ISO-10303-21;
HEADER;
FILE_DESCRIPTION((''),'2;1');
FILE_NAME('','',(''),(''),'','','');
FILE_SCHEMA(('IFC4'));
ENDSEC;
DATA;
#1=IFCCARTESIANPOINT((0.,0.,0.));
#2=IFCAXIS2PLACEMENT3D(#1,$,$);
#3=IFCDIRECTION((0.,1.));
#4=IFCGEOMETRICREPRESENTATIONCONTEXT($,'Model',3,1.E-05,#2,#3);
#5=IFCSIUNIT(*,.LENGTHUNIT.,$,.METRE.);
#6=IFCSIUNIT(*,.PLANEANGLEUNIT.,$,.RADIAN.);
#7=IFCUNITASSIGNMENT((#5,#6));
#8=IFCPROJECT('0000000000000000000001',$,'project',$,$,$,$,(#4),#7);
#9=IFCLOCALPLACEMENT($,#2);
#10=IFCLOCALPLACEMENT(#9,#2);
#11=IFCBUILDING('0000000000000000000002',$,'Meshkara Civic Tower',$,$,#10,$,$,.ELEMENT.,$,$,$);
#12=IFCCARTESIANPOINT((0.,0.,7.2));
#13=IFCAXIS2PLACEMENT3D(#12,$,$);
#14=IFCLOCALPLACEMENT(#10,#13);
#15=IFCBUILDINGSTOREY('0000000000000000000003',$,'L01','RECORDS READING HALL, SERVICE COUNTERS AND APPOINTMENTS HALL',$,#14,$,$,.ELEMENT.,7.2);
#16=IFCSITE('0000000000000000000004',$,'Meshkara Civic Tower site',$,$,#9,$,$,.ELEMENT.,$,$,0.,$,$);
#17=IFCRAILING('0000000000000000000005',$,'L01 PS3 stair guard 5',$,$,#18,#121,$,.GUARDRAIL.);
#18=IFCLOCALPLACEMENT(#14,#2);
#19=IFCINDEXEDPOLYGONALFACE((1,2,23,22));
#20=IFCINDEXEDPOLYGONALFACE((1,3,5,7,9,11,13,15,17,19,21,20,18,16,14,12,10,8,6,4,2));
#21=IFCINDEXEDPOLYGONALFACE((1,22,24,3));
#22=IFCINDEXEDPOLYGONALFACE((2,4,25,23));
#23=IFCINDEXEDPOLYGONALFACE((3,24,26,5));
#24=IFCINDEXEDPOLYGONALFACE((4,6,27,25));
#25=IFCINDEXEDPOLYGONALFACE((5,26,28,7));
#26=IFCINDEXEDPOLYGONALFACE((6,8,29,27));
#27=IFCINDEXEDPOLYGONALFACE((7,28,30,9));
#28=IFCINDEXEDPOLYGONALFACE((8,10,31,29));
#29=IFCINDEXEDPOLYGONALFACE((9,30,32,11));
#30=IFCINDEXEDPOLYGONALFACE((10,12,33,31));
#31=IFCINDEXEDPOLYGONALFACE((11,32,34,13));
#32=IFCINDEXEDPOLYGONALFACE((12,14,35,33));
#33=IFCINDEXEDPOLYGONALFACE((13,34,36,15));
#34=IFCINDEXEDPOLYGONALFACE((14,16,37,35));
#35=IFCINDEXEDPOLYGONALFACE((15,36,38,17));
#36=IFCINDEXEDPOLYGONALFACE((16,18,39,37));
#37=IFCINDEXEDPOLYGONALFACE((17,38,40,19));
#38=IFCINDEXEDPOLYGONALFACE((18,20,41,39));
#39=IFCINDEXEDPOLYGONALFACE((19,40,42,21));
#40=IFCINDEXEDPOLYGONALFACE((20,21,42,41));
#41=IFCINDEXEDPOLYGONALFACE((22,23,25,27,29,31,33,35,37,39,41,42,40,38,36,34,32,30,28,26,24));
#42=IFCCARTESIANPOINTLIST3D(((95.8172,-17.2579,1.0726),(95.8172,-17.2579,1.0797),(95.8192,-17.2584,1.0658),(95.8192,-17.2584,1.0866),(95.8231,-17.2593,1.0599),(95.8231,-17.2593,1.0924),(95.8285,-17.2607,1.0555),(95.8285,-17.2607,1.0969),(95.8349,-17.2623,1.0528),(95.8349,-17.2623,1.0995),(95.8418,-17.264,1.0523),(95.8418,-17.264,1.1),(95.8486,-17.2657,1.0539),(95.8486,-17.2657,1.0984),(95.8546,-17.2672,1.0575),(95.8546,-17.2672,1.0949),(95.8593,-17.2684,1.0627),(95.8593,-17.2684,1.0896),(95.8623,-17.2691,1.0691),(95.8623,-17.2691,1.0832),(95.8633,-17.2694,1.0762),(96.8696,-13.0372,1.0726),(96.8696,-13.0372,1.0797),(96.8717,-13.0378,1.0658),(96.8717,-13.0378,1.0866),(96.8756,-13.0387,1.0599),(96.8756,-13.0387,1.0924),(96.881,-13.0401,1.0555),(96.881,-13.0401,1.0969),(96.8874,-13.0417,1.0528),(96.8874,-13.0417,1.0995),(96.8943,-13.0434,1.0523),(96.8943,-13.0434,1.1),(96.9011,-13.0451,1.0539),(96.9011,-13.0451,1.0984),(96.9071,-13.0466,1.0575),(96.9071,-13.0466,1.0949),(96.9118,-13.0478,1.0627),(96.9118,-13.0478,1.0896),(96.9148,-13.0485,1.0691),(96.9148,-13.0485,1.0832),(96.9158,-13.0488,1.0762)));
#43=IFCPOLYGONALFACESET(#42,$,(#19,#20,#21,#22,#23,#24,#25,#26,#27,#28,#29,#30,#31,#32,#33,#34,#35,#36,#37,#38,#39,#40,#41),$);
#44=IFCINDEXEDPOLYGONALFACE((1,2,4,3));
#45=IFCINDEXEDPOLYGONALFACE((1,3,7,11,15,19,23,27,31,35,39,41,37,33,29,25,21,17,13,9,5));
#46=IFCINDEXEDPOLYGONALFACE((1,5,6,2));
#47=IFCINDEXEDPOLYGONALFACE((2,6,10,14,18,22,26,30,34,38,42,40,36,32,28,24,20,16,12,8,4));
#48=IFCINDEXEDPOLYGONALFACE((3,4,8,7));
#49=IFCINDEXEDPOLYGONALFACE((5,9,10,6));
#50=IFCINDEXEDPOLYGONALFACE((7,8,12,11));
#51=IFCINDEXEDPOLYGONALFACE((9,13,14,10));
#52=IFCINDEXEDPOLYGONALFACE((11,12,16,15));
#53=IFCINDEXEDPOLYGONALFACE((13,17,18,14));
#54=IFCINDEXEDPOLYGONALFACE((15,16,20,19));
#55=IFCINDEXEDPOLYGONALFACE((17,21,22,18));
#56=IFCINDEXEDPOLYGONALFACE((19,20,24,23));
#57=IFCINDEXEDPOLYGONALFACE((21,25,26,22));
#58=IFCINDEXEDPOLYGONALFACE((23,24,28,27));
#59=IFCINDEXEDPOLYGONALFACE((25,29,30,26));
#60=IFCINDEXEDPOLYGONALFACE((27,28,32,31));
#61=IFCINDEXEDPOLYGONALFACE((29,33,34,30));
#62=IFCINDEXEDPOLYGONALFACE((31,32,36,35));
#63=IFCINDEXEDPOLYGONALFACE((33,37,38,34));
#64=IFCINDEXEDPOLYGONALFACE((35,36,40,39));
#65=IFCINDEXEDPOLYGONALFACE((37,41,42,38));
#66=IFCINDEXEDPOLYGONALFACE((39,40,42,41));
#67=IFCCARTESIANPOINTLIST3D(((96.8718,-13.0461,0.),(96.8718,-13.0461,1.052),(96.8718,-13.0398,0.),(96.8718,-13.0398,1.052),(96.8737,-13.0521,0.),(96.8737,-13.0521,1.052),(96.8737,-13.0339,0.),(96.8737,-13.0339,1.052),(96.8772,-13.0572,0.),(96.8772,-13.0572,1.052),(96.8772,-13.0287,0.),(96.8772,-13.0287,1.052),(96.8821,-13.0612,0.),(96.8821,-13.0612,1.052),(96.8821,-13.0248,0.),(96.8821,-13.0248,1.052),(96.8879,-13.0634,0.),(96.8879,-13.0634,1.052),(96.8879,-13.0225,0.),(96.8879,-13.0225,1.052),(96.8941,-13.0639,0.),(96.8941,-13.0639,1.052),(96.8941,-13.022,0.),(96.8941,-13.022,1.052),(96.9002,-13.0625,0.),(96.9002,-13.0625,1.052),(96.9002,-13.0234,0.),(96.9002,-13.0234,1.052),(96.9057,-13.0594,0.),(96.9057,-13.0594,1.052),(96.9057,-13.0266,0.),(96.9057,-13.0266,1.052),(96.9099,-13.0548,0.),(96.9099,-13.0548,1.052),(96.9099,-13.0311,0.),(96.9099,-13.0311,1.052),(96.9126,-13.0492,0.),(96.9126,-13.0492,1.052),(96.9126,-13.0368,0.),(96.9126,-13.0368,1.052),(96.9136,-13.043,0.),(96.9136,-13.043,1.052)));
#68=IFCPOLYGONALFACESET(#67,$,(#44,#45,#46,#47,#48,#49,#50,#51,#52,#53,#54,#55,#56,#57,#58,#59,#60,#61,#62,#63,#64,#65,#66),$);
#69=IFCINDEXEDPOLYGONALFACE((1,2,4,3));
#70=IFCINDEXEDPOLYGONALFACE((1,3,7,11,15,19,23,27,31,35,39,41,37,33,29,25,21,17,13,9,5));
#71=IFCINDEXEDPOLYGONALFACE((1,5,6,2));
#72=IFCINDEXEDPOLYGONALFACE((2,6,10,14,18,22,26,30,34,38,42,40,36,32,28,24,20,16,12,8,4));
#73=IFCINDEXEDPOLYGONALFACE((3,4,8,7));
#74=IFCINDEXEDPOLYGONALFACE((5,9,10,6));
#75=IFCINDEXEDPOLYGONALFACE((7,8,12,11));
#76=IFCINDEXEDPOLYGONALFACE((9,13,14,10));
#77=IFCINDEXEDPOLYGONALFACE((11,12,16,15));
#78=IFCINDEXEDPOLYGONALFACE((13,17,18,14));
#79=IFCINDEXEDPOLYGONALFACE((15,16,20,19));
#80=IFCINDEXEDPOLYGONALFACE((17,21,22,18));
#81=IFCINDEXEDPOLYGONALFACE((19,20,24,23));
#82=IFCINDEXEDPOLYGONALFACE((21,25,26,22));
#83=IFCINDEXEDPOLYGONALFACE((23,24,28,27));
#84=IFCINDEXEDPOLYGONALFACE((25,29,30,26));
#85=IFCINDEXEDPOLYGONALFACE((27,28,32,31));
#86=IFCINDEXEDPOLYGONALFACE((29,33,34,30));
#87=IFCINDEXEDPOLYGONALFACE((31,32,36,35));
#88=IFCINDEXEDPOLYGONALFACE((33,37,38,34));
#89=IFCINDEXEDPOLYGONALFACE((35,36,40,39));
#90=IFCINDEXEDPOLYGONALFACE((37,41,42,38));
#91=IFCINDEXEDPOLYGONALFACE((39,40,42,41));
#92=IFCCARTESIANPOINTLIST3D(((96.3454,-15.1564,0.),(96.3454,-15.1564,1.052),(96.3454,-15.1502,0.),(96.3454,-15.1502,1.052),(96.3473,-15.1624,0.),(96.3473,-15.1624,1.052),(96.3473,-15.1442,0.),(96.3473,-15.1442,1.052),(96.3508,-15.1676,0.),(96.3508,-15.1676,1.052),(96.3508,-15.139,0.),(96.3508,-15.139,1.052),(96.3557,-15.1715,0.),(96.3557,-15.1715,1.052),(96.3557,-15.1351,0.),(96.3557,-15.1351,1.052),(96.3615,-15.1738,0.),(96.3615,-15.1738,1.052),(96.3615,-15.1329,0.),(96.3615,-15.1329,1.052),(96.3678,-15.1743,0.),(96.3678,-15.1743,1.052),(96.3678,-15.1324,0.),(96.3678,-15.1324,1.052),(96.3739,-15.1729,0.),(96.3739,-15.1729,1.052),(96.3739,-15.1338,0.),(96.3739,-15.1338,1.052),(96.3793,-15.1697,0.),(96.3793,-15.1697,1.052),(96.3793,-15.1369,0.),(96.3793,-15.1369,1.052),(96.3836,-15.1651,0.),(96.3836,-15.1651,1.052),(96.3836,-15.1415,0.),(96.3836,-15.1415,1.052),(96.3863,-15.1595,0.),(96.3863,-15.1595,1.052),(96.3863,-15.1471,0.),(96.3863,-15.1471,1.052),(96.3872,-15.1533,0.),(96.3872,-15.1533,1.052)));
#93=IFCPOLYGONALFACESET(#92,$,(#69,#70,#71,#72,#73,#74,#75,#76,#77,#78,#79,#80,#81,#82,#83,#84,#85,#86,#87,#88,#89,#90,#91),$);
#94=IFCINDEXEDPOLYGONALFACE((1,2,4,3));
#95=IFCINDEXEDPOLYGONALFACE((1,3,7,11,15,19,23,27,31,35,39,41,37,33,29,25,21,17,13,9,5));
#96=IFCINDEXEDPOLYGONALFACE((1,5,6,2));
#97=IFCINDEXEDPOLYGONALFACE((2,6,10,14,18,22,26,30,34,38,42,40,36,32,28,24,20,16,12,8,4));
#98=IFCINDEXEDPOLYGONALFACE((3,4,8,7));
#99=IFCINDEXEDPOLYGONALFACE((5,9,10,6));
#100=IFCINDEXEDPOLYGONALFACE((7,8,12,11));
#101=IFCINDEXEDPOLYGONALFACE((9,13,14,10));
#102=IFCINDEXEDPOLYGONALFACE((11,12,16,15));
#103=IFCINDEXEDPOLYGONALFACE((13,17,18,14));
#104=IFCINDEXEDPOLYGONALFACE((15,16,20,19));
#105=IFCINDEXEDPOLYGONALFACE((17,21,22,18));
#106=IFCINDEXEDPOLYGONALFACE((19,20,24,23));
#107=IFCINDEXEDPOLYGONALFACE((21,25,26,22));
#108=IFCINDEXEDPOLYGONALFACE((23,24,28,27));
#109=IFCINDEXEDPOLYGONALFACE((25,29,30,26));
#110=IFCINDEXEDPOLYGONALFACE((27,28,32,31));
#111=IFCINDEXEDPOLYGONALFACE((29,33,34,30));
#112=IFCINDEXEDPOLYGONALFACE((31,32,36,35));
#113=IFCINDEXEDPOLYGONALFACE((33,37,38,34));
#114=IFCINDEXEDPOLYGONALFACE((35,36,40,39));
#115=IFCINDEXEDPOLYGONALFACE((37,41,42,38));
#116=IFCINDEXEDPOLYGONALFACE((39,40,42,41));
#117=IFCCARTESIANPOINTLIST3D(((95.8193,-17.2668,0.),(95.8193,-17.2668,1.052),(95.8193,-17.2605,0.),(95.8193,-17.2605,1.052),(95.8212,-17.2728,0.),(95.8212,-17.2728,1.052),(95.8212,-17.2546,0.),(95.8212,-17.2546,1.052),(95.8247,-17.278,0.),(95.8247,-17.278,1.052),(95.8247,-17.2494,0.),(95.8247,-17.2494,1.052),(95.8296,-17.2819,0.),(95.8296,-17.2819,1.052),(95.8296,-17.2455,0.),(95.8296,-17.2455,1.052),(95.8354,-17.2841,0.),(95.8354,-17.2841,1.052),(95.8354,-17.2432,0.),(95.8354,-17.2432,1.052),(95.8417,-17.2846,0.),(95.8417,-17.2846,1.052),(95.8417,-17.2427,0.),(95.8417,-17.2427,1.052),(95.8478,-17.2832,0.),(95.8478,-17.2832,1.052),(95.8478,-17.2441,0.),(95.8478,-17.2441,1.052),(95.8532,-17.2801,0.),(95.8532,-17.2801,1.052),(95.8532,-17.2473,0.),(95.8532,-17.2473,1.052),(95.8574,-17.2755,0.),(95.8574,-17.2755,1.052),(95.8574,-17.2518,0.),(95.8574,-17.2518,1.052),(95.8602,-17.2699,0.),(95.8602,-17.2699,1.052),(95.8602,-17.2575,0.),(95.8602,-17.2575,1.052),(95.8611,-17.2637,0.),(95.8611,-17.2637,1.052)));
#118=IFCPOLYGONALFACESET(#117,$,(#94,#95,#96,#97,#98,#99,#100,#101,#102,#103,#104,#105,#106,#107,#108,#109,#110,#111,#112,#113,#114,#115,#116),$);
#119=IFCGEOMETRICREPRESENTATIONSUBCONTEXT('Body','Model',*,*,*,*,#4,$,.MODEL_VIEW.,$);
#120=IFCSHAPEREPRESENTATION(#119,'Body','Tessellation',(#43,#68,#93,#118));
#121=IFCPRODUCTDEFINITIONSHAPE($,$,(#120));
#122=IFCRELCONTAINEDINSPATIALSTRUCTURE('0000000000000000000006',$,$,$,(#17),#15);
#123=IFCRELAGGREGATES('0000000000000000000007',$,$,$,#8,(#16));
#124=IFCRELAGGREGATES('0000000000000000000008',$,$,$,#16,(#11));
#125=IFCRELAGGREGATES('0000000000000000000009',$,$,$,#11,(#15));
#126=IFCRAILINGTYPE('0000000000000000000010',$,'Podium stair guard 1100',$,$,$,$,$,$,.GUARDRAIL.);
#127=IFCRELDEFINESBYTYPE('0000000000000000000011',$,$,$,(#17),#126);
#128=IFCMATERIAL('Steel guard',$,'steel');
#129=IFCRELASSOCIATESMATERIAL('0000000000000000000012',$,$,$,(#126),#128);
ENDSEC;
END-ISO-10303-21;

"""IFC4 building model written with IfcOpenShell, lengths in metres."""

from ifc_helpers import new_model, si_unit, direction, frame, origin, origin_2d, place, context, subcontext, project, spatial, circle, extrude, material, type_object, element, save


model = new_model("IFC4")

# Units and contexts
model_context = context("Model", 3, precision=1e-05, world=origin(), true_north=direction((0.0, 1.0)))
body_context = subcontext(model_context, "Body", "Model", "MODEL_VIEW")
ifc_project = project(units=[si_unit("LENGTHUNIT", "METRE"), si_unit("PLANEANGLEUNIT", "RADIAN")], contexts=[model_context])

# Site, building, storey
site_placement = place(None, origin())
site = spatial("IfcSite", under=ifc_project, at=site_placement, Name="Meshkara Civic Tower site", CompositionType="ELEMENT", RefElevation=0.0)
building_placement = place(site_placement, origin())
building = spatial("IfcBuilding", under=site, at=building_placement, Name="Meshkara Civic Tower", CompositionType="ELEMENT")
storey_placement = place(building_placement, frame((0.0, 0.0, 7.2)))
storey = spatial("IfcBuildingStorey", under=building, at=storey_placement, Name="L01", Description="RECORDS READING HALL, SERVICE COUNTERS AND APPOINTMENTS HALL", CompositionType="ELEMENT", Elevation=7.2)

# Railing
ifc_material_1 = material(Name="Steel guard", Category="steel")
railing_type_1 = type_object("IfcRailingType", Name="Podium stair guard 1100", PredefinedType="GUARDRAIL", material=ifc_material_1)
railing_1_placement = place(storey_placement, frame((96.8926, -13.043, 0.0)))
element("IfcRailing", 1, at=railing_1_placement, inside=storey, type_object=railing_type_1, Name="L01 PS3 stair guard 5", PredefinedType="GUARDRAIL", context=body_context, shape_type="SweptSolid", body=[
    extrude(circle(Radius=0.0239, at=origin_2d()), frame((0.0, 0.0, 1.0762), z_axis=(-0.241955, -0.970288, 0.0), x_axis=(0.970288, -0.241955, 0.0)), (0.0, 0.0, 1.0), 4.3499),
    extrude(circle(Radius=0.021, at=origin_2d()), origin(), (0.0, 0.0, 1.0), 1.052),
    extrude(circle(Radius=0.021, at=origin_2d()), frame((-0.5264, -2.1104, 0.0)), (0.0, 0.0, 1.0), 1.052),
    extrude(circle(Radius=0.021, at=origin_2d()), frame((-1.0525, -4.2207, 0.0)), (0.0, 0.0, 1.0), 1.052),
])

save(model, "model.ifc")
